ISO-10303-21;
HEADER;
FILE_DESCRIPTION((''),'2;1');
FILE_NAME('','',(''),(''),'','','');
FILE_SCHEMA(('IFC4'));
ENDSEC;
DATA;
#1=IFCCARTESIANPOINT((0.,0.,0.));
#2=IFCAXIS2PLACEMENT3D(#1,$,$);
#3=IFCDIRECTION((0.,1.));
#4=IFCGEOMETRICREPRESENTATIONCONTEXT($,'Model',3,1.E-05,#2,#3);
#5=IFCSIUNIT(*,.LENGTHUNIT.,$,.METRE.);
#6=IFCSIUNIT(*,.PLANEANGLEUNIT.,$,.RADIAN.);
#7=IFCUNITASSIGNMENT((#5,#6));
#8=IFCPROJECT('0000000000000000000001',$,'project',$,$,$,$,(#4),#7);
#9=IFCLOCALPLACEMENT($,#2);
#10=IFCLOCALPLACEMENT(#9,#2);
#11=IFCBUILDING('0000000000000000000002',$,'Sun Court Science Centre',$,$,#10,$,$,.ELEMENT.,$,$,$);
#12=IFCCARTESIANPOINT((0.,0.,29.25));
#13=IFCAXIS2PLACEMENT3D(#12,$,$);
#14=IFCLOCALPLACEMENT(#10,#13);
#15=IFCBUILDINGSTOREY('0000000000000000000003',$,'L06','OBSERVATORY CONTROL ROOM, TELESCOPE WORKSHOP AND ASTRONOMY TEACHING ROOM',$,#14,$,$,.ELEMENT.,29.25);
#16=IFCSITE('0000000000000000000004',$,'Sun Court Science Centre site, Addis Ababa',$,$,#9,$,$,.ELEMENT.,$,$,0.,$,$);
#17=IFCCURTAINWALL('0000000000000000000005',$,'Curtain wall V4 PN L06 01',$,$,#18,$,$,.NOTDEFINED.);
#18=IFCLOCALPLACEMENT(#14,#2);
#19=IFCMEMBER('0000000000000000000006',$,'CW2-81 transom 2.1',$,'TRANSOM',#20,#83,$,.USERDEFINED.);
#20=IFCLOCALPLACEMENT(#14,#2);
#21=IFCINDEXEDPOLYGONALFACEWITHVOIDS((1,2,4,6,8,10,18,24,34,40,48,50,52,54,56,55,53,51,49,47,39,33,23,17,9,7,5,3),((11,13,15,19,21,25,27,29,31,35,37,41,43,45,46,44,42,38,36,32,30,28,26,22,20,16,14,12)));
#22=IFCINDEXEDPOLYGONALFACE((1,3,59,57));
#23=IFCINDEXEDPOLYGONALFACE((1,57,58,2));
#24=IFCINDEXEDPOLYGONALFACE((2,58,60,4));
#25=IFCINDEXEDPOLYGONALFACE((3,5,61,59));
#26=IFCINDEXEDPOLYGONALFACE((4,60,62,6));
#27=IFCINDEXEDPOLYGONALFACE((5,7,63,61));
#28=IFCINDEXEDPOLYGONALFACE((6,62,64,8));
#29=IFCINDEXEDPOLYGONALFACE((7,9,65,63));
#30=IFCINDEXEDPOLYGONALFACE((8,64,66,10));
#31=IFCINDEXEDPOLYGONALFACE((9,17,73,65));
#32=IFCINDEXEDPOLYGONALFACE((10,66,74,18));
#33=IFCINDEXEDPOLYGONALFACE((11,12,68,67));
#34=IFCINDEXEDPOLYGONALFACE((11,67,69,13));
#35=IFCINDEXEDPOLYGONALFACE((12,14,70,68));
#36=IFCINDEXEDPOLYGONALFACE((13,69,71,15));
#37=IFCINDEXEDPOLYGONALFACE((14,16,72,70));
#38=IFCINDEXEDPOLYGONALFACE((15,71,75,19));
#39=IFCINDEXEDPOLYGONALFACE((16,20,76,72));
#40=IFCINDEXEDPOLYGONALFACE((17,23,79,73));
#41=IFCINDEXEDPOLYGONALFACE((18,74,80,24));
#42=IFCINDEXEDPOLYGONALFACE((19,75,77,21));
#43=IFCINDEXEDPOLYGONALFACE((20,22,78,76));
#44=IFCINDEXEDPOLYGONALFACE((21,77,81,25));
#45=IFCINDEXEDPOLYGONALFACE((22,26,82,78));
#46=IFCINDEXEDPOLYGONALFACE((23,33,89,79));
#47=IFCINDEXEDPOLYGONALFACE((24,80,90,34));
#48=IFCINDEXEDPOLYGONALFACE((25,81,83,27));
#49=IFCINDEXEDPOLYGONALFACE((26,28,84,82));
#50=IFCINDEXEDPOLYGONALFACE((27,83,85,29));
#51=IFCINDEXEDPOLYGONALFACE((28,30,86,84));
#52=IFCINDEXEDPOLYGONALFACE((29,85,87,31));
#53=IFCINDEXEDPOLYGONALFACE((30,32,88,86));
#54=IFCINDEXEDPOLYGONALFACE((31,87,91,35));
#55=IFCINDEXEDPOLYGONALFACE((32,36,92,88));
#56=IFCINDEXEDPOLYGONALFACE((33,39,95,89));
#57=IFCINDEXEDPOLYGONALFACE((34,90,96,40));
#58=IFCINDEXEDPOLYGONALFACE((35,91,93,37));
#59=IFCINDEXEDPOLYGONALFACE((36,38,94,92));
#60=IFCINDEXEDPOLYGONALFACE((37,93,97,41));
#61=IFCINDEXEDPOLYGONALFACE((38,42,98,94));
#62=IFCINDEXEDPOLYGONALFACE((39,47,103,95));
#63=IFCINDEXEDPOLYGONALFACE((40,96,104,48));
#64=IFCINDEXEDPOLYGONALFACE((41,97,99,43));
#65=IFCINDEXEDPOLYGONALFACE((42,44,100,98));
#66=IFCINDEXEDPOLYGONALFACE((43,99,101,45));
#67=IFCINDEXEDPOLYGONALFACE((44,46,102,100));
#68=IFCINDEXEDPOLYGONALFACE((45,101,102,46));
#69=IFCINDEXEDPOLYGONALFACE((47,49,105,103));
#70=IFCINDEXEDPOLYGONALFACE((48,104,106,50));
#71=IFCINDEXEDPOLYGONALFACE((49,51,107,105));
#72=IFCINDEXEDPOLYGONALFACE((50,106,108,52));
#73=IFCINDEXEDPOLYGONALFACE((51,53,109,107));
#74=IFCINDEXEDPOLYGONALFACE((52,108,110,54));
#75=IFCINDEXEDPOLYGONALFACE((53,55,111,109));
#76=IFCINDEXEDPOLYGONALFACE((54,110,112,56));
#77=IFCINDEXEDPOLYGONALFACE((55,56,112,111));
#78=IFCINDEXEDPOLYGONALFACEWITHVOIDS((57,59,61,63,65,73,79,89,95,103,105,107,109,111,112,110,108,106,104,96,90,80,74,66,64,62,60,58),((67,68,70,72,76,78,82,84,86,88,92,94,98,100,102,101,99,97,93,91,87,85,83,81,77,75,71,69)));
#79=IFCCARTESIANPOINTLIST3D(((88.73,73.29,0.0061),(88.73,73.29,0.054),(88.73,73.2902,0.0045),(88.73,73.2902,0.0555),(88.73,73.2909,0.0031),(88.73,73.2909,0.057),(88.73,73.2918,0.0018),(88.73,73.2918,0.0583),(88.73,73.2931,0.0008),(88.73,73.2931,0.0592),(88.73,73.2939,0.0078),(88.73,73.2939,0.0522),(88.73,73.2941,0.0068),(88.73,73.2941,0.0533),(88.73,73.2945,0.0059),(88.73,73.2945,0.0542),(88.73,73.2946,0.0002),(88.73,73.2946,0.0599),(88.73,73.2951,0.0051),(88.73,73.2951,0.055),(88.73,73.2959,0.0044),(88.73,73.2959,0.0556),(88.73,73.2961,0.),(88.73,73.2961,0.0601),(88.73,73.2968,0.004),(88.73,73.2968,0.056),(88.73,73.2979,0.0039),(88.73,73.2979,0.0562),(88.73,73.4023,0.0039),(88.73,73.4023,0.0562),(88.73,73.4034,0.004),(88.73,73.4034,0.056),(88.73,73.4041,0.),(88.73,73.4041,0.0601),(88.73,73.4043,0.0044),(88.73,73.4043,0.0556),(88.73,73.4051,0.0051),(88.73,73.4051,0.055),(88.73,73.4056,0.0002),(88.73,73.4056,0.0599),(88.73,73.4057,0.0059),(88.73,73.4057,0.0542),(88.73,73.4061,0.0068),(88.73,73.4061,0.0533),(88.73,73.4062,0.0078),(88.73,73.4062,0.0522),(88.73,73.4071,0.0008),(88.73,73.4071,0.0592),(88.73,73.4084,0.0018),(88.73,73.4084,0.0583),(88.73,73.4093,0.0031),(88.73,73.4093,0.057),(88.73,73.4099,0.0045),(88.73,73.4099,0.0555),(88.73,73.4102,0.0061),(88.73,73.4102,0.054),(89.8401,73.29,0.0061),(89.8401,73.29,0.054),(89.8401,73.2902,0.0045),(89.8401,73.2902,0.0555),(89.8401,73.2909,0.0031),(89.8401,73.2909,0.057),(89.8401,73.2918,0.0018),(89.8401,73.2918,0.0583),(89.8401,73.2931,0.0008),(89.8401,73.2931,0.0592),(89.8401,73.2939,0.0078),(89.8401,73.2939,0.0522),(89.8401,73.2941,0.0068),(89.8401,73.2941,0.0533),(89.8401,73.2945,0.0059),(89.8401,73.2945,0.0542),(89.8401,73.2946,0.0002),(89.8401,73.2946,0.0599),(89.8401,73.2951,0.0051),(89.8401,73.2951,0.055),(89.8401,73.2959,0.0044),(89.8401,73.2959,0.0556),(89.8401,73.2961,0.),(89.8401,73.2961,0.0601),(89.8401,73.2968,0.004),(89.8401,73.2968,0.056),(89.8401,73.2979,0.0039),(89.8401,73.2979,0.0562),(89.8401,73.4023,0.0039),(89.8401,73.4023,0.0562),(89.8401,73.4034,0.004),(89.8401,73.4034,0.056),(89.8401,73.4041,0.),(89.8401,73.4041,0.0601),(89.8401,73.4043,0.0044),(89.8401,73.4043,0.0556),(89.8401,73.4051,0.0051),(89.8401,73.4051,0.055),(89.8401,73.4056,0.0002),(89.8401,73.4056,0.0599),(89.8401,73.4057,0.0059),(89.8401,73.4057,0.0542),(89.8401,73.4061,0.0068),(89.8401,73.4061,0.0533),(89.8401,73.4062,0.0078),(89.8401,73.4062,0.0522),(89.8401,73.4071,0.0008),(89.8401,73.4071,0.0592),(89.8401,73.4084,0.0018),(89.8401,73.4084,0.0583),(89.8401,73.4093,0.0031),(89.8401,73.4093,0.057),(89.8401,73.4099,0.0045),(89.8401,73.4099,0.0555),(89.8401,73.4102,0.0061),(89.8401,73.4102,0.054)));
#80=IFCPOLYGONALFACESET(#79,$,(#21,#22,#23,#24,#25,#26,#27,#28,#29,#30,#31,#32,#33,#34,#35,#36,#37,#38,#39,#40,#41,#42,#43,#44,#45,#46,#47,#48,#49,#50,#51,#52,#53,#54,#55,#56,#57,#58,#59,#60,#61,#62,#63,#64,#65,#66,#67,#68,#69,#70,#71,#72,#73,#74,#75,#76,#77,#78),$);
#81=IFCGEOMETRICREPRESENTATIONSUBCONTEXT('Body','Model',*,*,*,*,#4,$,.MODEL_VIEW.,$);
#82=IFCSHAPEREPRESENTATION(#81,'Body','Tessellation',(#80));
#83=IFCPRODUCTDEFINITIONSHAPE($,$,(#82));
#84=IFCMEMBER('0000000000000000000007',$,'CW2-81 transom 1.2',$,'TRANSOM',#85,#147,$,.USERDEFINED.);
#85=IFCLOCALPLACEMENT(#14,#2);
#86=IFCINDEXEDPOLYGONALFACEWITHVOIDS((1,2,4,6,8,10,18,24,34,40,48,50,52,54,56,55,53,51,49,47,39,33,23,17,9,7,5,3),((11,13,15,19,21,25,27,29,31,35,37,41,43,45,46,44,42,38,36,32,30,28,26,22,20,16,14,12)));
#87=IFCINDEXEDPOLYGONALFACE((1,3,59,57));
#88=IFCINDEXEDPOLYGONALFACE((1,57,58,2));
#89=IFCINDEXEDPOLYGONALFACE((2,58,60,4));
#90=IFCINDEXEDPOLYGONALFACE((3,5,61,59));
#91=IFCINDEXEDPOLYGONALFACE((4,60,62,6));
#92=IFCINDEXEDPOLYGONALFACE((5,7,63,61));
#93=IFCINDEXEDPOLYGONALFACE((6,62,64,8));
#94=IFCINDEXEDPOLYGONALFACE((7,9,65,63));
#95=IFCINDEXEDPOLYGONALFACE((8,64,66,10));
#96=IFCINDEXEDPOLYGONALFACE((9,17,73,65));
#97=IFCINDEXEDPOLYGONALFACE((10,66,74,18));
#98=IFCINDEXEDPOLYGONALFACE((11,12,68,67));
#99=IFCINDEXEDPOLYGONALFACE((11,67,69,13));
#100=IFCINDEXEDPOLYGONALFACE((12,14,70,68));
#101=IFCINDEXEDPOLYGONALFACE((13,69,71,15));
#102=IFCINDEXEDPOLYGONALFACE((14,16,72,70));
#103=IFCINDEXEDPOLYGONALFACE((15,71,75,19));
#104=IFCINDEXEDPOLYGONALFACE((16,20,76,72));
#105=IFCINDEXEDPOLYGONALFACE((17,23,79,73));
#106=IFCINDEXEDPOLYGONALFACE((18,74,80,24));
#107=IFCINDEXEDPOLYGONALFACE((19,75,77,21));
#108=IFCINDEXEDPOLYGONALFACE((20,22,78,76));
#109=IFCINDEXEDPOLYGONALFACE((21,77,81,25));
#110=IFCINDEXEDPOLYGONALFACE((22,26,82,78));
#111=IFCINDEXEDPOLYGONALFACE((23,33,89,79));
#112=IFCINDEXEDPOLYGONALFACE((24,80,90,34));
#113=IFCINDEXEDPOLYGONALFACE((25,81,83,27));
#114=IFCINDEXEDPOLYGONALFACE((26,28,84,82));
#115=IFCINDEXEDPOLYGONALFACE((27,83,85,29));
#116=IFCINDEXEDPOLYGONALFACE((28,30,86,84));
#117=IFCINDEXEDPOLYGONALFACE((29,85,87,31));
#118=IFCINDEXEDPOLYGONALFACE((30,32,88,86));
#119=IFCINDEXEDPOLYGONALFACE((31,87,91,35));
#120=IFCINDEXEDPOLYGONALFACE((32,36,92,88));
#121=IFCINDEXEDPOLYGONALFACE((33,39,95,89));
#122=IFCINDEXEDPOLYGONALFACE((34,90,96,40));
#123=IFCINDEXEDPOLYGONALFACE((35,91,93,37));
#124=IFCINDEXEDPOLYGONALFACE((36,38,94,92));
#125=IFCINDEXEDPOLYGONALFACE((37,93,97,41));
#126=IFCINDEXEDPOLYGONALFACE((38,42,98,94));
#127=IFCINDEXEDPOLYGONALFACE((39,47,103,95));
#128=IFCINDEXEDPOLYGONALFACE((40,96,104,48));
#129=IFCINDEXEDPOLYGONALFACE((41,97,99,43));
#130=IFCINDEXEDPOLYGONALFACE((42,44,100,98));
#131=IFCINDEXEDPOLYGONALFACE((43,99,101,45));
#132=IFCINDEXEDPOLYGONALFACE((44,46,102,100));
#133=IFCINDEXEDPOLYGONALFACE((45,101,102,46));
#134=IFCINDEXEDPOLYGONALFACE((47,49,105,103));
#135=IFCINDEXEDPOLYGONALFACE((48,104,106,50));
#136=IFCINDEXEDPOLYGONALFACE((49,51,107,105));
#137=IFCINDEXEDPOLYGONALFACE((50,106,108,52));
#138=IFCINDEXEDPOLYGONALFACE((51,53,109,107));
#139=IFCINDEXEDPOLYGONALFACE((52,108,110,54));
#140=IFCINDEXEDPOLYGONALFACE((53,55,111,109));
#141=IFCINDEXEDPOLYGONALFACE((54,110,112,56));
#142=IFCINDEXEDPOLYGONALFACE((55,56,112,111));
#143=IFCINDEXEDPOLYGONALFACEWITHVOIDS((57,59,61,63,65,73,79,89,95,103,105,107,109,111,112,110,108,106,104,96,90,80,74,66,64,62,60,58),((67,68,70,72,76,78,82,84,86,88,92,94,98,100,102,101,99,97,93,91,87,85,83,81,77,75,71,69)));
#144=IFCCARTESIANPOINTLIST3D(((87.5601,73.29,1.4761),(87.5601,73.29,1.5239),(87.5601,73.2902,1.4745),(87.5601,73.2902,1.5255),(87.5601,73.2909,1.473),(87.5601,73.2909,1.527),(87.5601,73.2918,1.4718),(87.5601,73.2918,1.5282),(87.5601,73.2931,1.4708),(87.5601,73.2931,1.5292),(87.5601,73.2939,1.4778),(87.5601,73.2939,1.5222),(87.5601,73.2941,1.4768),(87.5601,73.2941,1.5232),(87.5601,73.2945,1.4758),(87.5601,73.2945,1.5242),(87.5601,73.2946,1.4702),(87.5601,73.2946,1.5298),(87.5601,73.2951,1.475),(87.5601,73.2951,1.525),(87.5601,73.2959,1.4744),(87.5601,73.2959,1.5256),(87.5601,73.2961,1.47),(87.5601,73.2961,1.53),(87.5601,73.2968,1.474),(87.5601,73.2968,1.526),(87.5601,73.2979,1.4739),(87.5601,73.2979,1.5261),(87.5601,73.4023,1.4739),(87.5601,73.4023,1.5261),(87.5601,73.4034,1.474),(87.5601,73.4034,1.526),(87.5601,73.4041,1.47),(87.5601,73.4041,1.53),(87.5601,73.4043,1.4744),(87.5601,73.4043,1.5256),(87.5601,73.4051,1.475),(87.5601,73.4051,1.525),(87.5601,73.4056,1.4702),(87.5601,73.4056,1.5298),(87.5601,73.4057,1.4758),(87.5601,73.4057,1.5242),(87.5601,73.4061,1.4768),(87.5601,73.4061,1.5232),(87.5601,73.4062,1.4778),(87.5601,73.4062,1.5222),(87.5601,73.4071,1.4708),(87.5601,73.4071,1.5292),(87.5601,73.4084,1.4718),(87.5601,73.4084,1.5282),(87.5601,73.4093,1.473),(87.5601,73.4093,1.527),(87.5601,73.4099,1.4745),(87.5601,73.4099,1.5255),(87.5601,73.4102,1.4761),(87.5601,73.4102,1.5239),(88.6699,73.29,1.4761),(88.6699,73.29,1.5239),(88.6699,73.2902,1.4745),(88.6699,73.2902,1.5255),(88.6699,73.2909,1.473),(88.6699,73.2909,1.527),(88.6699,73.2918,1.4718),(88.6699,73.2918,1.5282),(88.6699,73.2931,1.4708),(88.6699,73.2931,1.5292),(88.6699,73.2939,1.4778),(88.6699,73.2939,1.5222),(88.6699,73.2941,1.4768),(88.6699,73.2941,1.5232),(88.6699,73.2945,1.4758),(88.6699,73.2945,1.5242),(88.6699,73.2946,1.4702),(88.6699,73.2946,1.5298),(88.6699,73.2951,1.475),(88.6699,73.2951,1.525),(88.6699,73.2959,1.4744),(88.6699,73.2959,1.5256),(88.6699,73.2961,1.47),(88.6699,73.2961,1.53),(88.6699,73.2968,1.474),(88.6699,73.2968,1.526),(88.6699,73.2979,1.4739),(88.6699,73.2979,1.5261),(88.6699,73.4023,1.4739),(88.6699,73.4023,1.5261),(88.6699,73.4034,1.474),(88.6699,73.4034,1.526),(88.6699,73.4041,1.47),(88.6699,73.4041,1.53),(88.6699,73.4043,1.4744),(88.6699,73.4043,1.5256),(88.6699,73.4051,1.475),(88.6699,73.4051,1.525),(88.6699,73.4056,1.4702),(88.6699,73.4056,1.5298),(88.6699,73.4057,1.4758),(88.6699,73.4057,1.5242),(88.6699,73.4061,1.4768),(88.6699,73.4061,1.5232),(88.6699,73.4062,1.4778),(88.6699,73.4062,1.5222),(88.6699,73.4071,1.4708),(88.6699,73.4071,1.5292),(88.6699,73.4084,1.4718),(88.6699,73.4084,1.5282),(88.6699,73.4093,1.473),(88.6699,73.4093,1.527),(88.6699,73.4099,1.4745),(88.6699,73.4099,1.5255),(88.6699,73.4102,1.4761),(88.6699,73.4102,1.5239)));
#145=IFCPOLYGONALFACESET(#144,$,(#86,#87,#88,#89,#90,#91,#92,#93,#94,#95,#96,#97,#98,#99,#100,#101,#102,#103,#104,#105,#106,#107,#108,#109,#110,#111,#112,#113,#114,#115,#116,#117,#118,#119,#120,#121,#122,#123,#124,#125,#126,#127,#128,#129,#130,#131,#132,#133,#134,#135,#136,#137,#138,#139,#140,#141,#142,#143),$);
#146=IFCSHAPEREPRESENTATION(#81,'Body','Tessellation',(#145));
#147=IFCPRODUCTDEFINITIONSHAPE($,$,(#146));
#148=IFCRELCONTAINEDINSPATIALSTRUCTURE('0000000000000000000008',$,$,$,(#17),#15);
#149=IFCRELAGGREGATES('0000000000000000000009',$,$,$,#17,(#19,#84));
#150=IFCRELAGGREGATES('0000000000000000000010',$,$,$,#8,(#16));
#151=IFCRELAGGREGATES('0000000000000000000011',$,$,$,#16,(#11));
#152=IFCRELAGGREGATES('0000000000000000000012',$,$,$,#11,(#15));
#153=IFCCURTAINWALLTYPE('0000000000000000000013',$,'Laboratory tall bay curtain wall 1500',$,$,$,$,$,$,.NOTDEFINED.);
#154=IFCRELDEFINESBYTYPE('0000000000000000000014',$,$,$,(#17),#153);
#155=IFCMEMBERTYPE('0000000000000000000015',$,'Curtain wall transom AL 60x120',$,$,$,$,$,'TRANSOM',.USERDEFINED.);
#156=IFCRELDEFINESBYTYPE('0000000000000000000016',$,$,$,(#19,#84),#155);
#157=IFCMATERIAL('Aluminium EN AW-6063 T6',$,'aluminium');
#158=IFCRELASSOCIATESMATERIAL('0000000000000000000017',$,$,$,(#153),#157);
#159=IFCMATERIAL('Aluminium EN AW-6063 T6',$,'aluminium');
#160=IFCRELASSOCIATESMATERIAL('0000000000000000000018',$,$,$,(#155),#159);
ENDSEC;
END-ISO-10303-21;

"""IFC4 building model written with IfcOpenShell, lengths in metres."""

from ifc_helpers import new_model, si_unit, direction, frame, origin, origin_2d, place, context, subcontext, project, spatial, hollow_rectangle, extrude, material, material_profile, profile_set, type_object, element, aggregate, save


model = new_model("IFC4")

# Units and contexts
model_context = context("Model", 3, precision=1e-05, world=origin(), true_north=direction((0.0, 1.0)))
body_context = subcontext(model_context, "Body", "Model", "MODEL_VIEW")
ifc_project = project(units=[si_unit("LENGTHUNIT", "METRE"), si_unit("PLANEANGLEUNIT", "RADIAN")], contexts=[model_context])

# Site, building, storey
site_placement = place(None, origin())
site = spatial("IfcSite", under=ifc_project, at=site_placement, Name="Sun Court Science Centre site, Addis Ababa", CompositionType="ELEMENT", RefElevation=0.0)
building_placement = place(site_placement, origin())
building = spatial("IfcBuilding", under=site, at=building_placement, Name="Sun Court Science Centre", CompositionType="ELEMENT")
storey_placement = place(building_placement, frame((0.0, 0.0, 29.25)))
storey = spatial("IfcBuildingStorey", under=building, at=storey_placement, Name="L06", Description="OBSERVATORY CONTROL ROOM, TELESCOPE WORKSHOP AND ASTRONOMY TEACHING ROOM", CompositionType="ELEMENT", Elevation=29.25)

# Curtain wall
ifc_material_1 = material(Name="Aluminium EN AW-6063 T6", Category="aluminium")
curtain_wall_type = type_object("IfcCurtainWallType", Name="Laboratory tall bay curtain wall 1500", PredefinedType="NOTDEFINED", material=ifc_material_1)
curtain_wall_1_placement = place(storey_placement, origin())
curtain_wall_1 = element("IfcCurtainWall", 1, at=curtain_wall_1_placement, inside=storey, type_object=curtain_wall_type, Name="Curtain wall V4 PN L06 01", PredefinedType="NOTDEFINED")

# Members
ifc_material_2 = material(Name="Aluminium EN AW-6063 T6", Category="aluminium")
ifc_material_profile_1 = material_profile(ifc_material_2, hollow_rectangle(XDim=0.0601, YDim=0.1201, WallThickness=0.0039, InnerFilletRadius=0.0039, OuterFilletRadius=0.0061, at=origin_2d()), Name="AL 60x120x4")
ifc_profile_set_1 = profile_set([ifc_material_profile_1], Name="Aluminium EN AW-6063 T6")
member_type_1 = type_object("IfcMemberType", Name="Curtain wall transom AL 60x120", ElementType="TRANSOM", PredefinedType="USERDEFINED", material=ifc_profile_set_1)
member_1_placement = place(storey_placement, frame((88.73, 73.3501, 0.03), z_axis=(1.0, 0.0, 0.0), x_axis=(0.0, 0.0, 1.0)))
member_1 = element("IfcMember", 2, at=member_1_placement, type_object=member_type_1, Name="CW2-81 transom 2.1", ObjectType="TRANSOM", PredefinedType="USERDEFINED", context=body_context, shape_type="SweptSolid", body=[
    extrude(hollow_rectangle(XDim=0.0601, YDim=0.1201, WallThickness=0.0039, InnerFilletRadius=0.0039, OuterFilletRadius=0.0061, at=origin_2d()), origin(), (0.0, 0.0, 1.0), 1.1101),
])
member_2_placement = place(storey_placement, frame((87.5601, 73.3501, 1.5), z_axis=(1.0, 0.0, 0.0), x_axis=(0.0, 0.0, 1.0)))
member_2 = element("IfcMember", 3, at=member_2_placement, type_object=member_type_1, Name="CW2-81 transom 1.2", ObjectType="TRANSOM", PredefinedType="USERDEFINED", context=body_context, shape_type="SweptSolid", body=[
    extrude(hollow_rectangle(XDim=0.0601, YDim=0.1201, WallThickness=0.0039, InnerFilletRadius=0.0039, OuterFilletRadius=0.0061, at=origin_2d()), origin(), (0.0, 0.0, 1.0), 1.1099),
])

aggregate(curtain_wall_1, [member_1, member_2])

save(model, "model.ifc")
